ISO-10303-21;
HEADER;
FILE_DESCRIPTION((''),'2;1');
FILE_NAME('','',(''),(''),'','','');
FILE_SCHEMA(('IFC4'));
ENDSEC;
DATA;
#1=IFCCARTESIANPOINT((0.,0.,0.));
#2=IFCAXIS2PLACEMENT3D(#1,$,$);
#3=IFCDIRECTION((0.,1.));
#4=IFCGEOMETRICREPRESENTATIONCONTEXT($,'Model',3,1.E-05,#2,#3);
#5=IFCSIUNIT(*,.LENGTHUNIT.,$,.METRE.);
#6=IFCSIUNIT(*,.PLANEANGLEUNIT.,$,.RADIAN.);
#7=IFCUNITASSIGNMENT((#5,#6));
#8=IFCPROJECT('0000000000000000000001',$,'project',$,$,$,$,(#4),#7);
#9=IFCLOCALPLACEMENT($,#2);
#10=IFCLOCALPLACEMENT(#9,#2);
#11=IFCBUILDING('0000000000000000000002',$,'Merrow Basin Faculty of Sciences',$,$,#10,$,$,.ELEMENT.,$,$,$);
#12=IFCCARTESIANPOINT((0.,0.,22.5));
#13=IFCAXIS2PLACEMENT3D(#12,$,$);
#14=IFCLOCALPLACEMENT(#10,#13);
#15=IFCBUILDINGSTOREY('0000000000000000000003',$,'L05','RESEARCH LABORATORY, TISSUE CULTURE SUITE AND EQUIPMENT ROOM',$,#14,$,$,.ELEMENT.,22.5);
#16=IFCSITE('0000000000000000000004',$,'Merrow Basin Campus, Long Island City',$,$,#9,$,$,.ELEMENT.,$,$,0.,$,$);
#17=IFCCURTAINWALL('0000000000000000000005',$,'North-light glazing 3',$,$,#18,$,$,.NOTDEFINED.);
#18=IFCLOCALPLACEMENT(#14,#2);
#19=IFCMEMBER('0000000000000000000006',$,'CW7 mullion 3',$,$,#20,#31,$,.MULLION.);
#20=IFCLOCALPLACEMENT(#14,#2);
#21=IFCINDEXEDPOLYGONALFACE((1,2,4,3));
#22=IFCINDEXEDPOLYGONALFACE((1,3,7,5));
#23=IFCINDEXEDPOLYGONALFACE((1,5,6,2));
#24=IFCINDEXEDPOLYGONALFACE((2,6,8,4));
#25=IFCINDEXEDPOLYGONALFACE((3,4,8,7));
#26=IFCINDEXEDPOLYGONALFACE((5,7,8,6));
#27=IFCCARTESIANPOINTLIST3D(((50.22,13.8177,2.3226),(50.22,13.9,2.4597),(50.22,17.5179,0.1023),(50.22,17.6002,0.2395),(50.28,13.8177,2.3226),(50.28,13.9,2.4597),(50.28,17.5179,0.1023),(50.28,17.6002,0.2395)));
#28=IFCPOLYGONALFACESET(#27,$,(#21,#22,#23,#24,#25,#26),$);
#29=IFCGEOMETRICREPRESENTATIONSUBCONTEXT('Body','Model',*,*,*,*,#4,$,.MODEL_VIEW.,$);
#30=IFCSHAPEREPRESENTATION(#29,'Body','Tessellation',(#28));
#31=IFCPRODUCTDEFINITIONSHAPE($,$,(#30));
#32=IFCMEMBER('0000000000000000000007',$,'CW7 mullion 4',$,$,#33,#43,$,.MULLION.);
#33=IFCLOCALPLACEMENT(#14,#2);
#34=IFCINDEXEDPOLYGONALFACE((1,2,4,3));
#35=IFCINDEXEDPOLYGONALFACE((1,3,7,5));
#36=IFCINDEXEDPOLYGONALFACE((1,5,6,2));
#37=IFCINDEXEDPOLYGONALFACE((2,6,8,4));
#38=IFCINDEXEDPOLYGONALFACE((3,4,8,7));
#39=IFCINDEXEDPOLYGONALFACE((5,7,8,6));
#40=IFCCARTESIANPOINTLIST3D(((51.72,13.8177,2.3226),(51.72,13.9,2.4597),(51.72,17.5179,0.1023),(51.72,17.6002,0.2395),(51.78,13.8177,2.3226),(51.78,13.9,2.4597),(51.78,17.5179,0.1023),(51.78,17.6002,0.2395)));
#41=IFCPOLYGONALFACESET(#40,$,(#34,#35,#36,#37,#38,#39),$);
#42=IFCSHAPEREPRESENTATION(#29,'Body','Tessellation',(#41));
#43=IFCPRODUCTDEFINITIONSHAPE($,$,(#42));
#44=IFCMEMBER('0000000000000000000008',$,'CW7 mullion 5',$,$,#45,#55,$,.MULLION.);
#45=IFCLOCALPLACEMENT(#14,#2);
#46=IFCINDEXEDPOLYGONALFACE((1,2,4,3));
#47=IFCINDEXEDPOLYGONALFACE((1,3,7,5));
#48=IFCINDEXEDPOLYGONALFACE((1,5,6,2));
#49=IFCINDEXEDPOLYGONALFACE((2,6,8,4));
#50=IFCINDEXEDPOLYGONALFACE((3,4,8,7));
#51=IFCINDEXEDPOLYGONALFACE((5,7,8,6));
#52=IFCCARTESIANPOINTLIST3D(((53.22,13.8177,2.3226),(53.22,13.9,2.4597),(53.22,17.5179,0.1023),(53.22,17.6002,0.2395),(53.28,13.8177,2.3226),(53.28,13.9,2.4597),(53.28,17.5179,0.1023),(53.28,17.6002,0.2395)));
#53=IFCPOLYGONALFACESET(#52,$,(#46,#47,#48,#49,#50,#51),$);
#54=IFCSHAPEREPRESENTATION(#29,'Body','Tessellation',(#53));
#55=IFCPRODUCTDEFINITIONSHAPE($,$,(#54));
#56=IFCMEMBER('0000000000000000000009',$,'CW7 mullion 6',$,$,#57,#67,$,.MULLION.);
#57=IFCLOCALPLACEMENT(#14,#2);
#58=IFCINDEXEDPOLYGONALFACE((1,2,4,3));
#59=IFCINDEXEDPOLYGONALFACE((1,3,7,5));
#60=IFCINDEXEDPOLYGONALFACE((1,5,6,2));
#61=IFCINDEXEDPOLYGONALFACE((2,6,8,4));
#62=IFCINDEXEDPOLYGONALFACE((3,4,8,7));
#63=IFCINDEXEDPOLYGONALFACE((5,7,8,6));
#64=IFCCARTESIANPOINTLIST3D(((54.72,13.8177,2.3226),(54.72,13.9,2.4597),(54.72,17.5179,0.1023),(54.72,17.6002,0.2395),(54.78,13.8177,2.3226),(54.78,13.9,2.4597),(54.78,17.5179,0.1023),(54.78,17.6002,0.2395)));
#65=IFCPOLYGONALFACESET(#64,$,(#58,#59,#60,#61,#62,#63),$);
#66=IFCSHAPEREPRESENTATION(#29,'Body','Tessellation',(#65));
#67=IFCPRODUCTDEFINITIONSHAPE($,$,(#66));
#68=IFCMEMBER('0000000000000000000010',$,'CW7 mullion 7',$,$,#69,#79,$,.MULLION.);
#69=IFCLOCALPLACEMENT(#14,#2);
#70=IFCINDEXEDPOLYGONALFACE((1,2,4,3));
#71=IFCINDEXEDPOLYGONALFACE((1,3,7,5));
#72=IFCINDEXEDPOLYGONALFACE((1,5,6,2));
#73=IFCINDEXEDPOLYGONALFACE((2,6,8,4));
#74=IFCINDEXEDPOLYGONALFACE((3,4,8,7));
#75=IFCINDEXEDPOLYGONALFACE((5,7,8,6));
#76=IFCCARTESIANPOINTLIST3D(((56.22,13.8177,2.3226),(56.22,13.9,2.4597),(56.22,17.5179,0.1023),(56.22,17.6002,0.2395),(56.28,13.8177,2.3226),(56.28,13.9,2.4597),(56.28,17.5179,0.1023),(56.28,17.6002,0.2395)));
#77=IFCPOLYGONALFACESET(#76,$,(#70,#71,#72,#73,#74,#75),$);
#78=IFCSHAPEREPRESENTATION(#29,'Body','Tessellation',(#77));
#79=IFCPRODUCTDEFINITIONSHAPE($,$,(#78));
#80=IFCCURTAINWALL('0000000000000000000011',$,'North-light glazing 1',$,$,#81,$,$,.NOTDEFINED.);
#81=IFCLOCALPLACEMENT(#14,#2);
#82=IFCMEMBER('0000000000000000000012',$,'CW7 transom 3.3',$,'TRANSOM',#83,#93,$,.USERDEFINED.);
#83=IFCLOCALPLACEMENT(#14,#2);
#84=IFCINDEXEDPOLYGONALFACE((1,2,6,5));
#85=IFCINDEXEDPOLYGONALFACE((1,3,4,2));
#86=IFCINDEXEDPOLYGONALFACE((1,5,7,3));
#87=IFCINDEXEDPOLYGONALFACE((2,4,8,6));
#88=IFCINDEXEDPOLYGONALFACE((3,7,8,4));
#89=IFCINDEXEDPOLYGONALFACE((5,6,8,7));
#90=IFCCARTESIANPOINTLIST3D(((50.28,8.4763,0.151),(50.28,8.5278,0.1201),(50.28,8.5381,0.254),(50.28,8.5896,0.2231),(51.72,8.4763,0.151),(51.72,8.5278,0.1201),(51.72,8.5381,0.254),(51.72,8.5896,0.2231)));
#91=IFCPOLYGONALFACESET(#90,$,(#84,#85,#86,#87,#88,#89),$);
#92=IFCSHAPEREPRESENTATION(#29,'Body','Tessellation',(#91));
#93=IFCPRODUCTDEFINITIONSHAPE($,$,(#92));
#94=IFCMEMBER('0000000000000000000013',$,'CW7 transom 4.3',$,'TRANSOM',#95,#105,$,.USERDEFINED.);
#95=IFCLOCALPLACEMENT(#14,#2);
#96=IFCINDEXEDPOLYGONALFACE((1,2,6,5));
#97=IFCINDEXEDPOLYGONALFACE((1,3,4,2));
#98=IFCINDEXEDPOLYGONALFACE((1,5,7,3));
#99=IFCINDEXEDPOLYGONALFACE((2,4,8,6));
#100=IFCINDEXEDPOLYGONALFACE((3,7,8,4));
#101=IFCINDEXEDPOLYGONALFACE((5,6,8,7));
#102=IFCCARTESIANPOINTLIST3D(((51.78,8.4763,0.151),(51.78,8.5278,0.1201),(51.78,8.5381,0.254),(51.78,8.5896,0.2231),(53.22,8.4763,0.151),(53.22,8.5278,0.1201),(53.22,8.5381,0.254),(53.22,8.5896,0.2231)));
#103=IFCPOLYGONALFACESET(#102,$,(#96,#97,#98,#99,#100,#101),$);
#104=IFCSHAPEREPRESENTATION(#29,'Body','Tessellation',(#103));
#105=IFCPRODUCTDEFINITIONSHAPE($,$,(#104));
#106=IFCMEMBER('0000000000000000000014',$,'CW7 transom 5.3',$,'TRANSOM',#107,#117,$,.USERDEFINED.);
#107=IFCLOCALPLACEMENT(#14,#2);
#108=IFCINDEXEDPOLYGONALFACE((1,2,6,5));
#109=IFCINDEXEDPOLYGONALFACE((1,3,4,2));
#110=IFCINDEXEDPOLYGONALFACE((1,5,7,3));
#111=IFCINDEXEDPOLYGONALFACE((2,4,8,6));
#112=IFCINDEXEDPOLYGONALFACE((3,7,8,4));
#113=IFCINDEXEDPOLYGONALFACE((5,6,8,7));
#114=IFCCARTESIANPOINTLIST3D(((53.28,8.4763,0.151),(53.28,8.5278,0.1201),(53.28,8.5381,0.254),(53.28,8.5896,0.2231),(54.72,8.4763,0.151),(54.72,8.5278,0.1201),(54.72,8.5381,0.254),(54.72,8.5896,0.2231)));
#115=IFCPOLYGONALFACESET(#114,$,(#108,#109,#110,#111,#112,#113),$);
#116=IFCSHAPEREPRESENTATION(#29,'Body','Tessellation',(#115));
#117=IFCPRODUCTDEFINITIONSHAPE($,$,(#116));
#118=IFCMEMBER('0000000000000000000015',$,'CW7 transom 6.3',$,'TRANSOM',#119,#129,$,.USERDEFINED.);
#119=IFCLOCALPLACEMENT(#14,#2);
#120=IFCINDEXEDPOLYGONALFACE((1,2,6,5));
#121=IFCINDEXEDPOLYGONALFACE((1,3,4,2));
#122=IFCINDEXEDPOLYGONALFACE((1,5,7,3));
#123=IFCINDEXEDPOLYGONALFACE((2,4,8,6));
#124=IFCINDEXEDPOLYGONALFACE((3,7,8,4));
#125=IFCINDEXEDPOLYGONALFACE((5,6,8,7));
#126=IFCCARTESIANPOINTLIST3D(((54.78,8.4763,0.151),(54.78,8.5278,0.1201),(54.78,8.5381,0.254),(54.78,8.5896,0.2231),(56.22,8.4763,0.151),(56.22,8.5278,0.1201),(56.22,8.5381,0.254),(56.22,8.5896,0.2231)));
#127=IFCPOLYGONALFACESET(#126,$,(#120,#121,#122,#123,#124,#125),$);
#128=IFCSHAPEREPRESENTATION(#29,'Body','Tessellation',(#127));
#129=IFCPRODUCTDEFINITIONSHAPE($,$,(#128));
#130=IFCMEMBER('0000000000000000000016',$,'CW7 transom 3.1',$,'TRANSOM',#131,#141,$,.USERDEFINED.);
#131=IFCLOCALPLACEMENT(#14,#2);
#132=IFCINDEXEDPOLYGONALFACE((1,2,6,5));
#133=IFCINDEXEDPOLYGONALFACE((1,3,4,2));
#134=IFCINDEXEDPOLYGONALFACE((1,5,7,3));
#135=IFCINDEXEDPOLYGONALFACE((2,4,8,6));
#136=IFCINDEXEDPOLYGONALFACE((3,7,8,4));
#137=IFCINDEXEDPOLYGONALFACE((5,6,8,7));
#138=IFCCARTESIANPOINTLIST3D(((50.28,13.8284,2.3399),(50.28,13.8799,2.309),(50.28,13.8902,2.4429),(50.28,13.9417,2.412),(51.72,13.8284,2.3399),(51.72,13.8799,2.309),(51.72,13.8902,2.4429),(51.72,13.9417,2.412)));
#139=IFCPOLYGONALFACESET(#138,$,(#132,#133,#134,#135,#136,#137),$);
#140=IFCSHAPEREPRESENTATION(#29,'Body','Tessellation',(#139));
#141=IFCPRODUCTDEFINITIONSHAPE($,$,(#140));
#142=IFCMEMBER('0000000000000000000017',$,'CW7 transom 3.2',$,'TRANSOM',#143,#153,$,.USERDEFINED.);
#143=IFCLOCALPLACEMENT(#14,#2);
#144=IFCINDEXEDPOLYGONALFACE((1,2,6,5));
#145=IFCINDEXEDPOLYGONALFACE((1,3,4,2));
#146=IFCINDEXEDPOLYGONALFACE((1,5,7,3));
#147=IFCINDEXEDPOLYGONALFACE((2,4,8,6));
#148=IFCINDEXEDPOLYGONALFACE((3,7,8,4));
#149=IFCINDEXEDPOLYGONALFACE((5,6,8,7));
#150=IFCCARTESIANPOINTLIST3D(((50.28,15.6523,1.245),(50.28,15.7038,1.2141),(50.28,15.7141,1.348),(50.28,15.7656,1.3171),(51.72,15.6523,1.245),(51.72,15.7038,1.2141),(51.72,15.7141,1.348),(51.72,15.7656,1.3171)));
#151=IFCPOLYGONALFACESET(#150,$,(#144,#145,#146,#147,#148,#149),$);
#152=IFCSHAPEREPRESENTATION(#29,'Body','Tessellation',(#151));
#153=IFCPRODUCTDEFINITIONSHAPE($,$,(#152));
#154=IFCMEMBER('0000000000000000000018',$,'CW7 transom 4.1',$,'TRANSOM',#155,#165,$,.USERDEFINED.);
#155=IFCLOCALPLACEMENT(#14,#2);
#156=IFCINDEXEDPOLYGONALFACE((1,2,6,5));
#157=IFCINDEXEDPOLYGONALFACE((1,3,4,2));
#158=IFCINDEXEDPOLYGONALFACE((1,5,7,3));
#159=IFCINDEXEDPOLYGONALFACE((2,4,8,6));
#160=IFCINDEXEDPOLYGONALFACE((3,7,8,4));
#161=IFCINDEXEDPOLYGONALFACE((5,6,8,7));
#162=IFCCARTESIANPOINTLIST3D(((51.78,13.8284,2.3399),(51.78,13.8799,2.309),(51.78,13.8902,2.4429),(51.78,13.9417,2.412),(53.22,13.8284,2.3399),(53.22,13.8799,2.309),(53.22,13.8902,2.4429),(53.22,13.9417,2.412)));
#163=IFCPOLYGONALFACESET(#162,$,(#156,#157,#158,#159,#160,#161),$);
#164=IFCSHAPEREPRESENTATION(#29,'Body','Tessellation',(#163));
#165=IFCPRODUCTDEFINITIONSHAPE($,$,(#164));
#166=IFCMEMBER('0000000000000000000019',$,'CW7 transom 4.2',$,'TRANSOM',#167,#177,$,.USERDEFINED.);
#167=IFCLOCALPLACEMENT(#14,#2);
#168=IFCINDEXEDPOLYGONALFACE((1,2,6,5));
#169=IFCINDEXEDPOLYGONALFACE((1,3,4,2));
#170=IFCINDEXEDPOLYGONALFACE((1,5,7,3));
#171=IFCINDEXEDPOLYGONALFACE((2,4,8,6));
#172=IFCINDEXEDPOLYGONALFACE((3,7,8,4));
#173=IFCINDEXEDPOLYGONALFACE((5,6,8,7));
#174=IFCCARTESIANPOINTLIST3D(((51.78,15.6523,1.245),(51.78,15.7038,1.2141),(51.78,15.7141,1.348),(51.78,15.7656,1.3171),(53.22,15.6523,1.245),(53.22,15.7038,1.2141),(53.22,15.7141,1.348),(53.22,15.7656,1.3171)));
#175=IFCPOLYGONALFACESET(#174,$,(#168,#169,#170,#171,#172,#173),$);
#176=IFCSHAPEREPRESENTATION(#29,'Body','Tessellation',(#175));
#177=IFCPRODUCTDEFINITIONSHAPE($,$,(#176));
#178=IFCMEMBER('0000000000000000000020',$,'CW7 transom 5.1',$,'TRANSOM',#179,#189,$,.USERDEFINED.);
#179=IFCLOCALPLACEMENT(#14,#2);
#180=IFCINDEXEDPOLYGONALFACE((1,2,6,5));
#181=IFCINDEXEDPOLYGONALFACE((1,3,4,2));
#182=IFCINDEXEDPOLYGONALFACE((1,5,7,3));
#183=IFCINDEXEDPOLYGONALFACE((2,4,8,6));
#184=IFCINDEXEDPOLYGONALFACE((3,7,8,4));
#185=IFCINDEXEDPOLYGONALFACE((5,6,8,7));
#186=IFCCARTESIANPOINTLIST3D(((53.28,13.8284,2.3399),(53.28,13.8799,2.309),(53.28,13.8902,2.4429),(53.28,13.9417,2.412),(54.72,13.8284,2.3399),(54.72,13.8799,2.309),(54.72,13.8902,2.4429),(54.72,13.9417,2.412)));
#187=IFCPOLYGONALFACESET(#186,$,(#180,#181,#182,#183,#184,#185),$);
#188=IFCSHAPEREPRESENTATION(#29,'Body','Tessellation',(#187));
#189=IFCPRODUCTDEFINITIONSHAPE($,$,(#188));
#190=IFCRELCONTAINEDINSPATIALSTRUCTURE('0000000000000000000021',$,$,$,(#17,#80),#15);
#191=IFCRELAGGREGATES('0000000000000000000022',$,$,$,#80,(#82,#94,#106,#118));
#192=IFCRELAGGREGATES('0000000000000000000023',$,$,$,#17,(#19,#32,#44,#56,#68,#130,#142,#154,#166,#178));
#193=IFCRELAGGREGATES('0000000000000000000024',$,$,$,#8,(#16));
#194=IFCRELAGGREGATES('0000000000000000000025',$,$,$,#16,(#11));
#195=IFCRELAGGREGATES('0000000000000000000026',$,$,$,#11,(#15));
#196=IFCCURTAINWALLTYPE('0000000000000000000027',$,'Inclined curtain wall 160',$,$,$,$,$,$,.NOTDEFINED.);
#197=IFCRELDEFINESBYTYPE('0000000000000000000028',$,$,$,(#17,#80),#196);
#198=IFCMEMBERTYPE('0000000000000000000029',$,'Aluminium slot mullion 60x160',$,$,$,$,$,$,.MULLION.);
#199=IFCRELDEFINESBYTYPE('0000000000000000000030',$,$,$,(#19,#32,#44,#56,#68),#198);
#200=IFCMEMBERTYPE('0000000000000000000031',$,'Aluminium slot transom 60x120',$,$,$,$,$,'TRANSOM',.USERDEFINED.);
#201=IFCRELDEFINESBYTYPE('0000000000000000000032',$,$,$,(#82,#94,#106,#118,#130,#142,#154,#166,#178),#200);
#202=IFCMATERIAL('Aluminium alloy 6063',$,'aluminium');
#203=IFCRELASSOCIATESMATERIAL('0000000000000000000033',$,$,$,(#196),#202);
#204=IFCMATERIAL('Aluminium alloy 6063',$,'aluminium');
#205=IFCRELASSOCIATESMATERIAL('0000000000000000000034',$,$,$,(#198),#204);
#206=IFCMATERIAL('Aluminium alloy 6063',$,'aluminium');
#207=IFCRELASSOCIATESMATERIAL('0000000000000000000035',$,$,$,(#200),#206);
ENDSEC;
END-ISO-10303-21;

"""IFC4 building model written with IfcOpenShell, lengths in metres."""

from ifc_helpers import new_model, si_unit, direction, frame, origin, origin_2d, place, context, subcontext, project, spatial, rectangle, extrude, material, material_profile, profile_set, type_object, element, aggregate, save


model = new_model("IFC4")

# Units and contexts
model_context = context("Model", 3, precision=1e-05, world=origin(), true_north=direction((0.0, 1.0)))
body_context = subcontext(model_context, "Body", "Model", "MODEL_VIEW")
ifc_project = project(units=[si_unit("LENGTHUNIT", "METRE"), si_unit("PLANEANGLEUNIT", "RADIAN")], contexts=[model_context])

# Site, building, storey
site_placement = place(None, origin())
site = spatial("IfcSite", under=ifc_project, at=site_placement, Name="Merrow Basin Campus, Long Island City", CompositionType="ELEMENT", RefElevation=0.0)
building_placement = place(site_placement, origin())
building = spatial("IfcBuilding", under=site, at=building_placement, Name="Merrow Basin Faculty of Sciences", CompositionType="ELEMENT")
storey_placement = place(building_placement, frame((0.0, 0.0, 22.5)))
storey = spatial("IfcBuildingStorey", under=building, at=storey_placement, Name="L05", Description="RESEARCH LABORATORY, TISSUE CULTURE SUITE AND EQUIPMENT ROOM", CompositionType="ELEMENT", Elevation=22.5)

# Curtain walls, members
ifc_material_1 = material(Name="Aluminium alloy 6063", Category="aluminium")
curtain_wall_type = type_object("IfcCurtainWallType", Name="Inclined curtain wall 160", PredefinedType="NOTDEFINED", material=ifc_material_1)
curtain_wall_1_placement = place(storey_placement, origin())
curtain_wall_1 = element("IfcCurtainWall", 1, at=curtain_wall_1_placement, inside=storey, type_object=curtain_wall_type, Name="North-light glazing 3", PredefinedType="NOTDEFINED")
ifc_material_2 = material(Name="Aluminium alloy 6063", Category="aluminium")
ifc_material_profile_1 = material_profile(ifc_material_2, rectangle(XDim=0.0601, YDim=0.1599, at=origin_2d()))
ifc_profile_set_1 = profile_set([ifc_material_profile_1], Name="Aluminium alloy 6063")
member_type_1 = type_object("IfcMemberType", Name="Aluminium slot mullion 60x160", PredefinedType="MULLION", material=ifc_profile_set_1)
member_1_placement = place(storey_placement, frame((50.25, 13.8589, 2.3911), z_axis=(0.0, 0.857483, -0.514512), x_axis=(-1.0, 0.0, 0.0)))
member_1 = element("IfcMember", 2, at=member_1_placement, type_object=member_type_1, Name="CW7 mullion 3", PredefinedType="MULLION", context=body_context, shape_type="SweptSolid", body=[
    extrude(rectangle(XDim=0.0601, YDim=0.1599, at=origin_2d()), origin(), (0.0, 0.0, 1.0), 4.3152),
])
member_2_placement = place(storey_placement, frame((51.75, 13.8589, 2.3911), z_axis=(0.0, 0.857483, -0.514512), x_axis=(-1.0, 0.0, 0.0)))
member_2 = element("IfcMember", 3, at=member_2_placement, type_object=member_type_1, Name="CW7 mullion 4", PredefinedType="MULLION", context=body_context, shape_type="SweptSolid", body=[
    extrude(rectangle(XDim=0.0601, YDim=0.1599, at=origin_2d()), origin(), (0.0, 0.0, 1.0), 4.3152),
])
member_3_placement = place(storey_placement, frame((53.25, 13.8589, 2.3911), z_axis=(0.0, 0.857483, -0.514512), x_axis=(-1.0, 0.0, 0.0)))
member_3 = element("IfcMember", 4, at=member_3_placement, type_object=member_type_1, Name="CW7 mullion 5", PredefinedType="MULLION", context=body_context, shape_type="SweptSolid", body=[
    extrude(rectangle(XDim=0.0601, YDim=0.1599, at=origin_2d()), origin(), (0.0, 0.0, 1.0), 4.3152),
])
member_4_placement = place(storey_placement, frame((54.75, 13.8589, 2.3911), z_axis=(0.0, 0.857483, -0.514512), x_axis=(-1.0, 0.0, 0.0)))
member_4 = element("IfcMember", 5, at=member_4_placement, type_object=member_type_1, Name="CW7 mullion 6", PredefinedType="MULLION", context=body_context, shape_type="SweptSolid", body=[
    extrude(rectangle(XDim=0.0601, YDim=0.1599, at=origin_2d()), origin(), (0.0, 0.0, 1.0), 4.3152),
])
member_5_placement = place(storey_placement, frame((56.25, 13.8589, 2.3911), z_axis=(0.0, 0.857483, -0.514512), x_axis=(-1.0, 0.0, 0.0)))
member_5 = element("IfcMember", 6, at=member_5_placement, type_object=member_type_1, Name="CW7 mullion 7", PredefinedType="MULLION", context=body_context, shape_type="SweptSolid", body=[
    extrude(rectangle(XDim=0.0601, YDim=0.1599, at=origin_2d()), origin(), (0.0, 0.0, 1.0), 4.3152),
])
curtain_wall_2_placement = place(storey_placement, origin())
curtain_wall_2 = element("IfcCurtainWall", 7, at=curtain_wall_2_placement, inside=storey, type_object=curtain_wall_type, Name="North-light glazing 1", PredefinedType="NOTDEFINED")
ifc_material_3 = material(Name="Aluminium alloy 6063", Category="aluminium")
ifc_material_profile_2 = material_profile(ifc_material_3, rectangle(XDim=0.0601, YDim=0.1201, at=origin_2d()))
ifc_profile_set_2 = profile_set([ifc_material_profile_2], Name="Aluminium alloy 6063")
member_type_2 = type_object("IfcMemberType", Name="Aluminium slot transom 60x120", ElementType="TRANSOM", PredefinedType="USERDEFINED", material=ifc_profile_set_2)
member_6_placement = place(storey_placement, frame((50.28, 8.533, 0.187), z_axis=(1.0, 0.0, 0.0), x_axis=(0.0, 0.857493, -0.514496)))
member_6 = element("IfcMember", 8, at=member_6_placement, type_object=member_type_2, Name="CW7 transom 3.3", ObjectType="TRANSOM", PredefinedType="USERDEFINED", context=body_context, shape_type="SweptSolid", body=[
    extrude(rectangle(XDim=0.0601, YDim=0.1201, at=origin_2d()), origin(), (0.0, 0.0, 1.0), 1.4399),
])
member_7_placement = place(storey_placement, frame((51.78, 8.533, 0.187), z_axis=(1.0, 0.0, 0.0), x_axis=(0.0, 0.857493, -0.514496)))
member_7 = element("IfcMember", 9, at=member_7_placement, type_object=member_type_2, Name="CW7 transom 4.3", ObjectType="TRANSOM", PredefinedType="USERDEFINED", context=body_context, shape_type="SweptSolid", body=[
    extrude(rectangle(XDim=0.0601, YDim=0.1201, at=origin_2d()), origin(), (0.0, 0.0, 1.0), 1.4399),
])
member_8_placement = place(storey_placement, frame((53.28, 8.533, 0.187), z_axis=(1.0, 0.0, 0.0), x_axis=(0.0, 0.857493, -0.514496)))
member_8 = element("IfcMember", 10, at=member_8_placement, type_object=member_type_2, Name="CW7 transom 5.3", ObjectType="TRANSOM", PredefinedType="USERDEFINED", context=body_context, shape_type="SweptSolid", body=[
    extrude(rectangle(XDim=0.0601, YDim=0.1201, at=origin_2d()), origin(), (0.0, 0.0, 1.0), 1.4399),
])
member_9_placement = place(storey_placement, frame((54.78, 8.533, 0.187), z_axis=(1.0, 0.0, 0.0), x_axis=(0.0, 0.857493, -0.514496)))
member_9 = element("IfcMember", 11, at=member_9_placement, type_object=member_type_2, Name="CW7 transom 6.3", ObjectType="TRANSOM", PredefinedType="USERDEFINED", context=body_context, shape_type="SweptSolid", body=[
    extrude(rectangle(XDim=0.0601, YDim=0.1201, at=origin_2d()), origin(), (0.0, 0.0, 1.0), 1.4399),
])
aggregate(curtain_wall_2, [member_6, member_7, member_8, member_9])

# Members
member_10_placement = place(storey_placement, frame((50.28, 13.885, 2.376), z_axis=(1.0, 0.0, 0.0), x_axis=(0.0, 0.857493, -0.514496)))
member_10 = element("IfcMember", 12, at=member_10_placement, type_object=member_type_2, Name="CW7 transom 3.1", ObjectType="TRANSOM", PredefinedType="USERDEFINED", context=body_context, shape_type="SweptSolid", body=[
    extrude(rectangle(XDim=0.0601, YDim=0.1201, at=origin_2d()), origin(), (0.0, 0.0, 1.0), 1.4399),
])
member_11_placement = place(storey_placement, frame((50.28, 15.709, 1.281), z_axis=(1.0, 0.0, 0.0), x_axis=(0.0, 0.857493, -0.514496)))
member_11 = element("IfcMember", 13, at=member_11_placement, type_object=member_type_2, Name="CW7 transom 3.2", ObjectType="TRANSOM", PredefinedType="USERDEFINED", context=body_context, shape_type="SweptSolid", body=[
    extrude(rectangle(XDim=0.0601, YDim=0.1201, at=origin_2d()), origin(), (0.0, 0.0, 1.0), 1.4399),
])
member_12_placement = place(storey_placement, frame((51.78, 13.885, 2.376), z_axis=(1.0, 0.0, 0.0), x_axis=(0.0, 0.857493, -0.514496)))
member_12 = element("IfcMember", 14, at=member_12_placement, type_object=member_type_2, Name="CW7 transom 4.1", ObjectType="TRANSOM", PredefinedType="USERDEFINED", context=body_context, shape_type="SweptSolid", body=[
    extrude(rectangle(XDim=0.0601, YDim=0.1201, at=origin_2d()), origin(), (0.0, 0.0, 1.0), 1.4399),
])
member_13_placement = place(storey_placement, frame((51.78, 15.709, 1.281), z_axis=(1.0, 0.0, 0.0), x_axis=(0.0, 0.857493, -0.514496)))
member_13 = element("IfcMember", 15, at=member_13_placement, type_object=member_type_2, Name="CW7 transom 4.2", ObjectType="TRANSOM", PredefinedType="USERDEFINED", context=body_context, shape_type="SweptSolid", body=[
    extrude(rectangle(XDim=0.0601, YDim=0.1201, at=origin_2d()), origin(), (0.0, 0.0, 1.0), 1.4399),
])
member_14_placement = place(storey_placement, frame((53.28, 13.885, 2.376), z_axis=(1.0, 0.0, 0.0), x_axis=(0.0, 0.857493, -0.514496)))
member_14 = element("IfcMember", 16, at=member_14_placement, type_object=member_type_2, Name="CW7 transom 5.1", ObjectType="TRANSOM", PredefinedType="USERDEFINED", context=body_context, shape_type="SweptSolid", body=[
    extrude(rectangle(XDim=0.0601, YDim=0.1201, at=origin_2d()), origin(), (0.0, 0.0, 1.0), 1.4399),
])

aggregate(curtain_wall_1, [member_1, member_2, member_3, member_4, member_5, member_10, member_11, member_12, member_13, member_14])

save(model, "model.ifc")
